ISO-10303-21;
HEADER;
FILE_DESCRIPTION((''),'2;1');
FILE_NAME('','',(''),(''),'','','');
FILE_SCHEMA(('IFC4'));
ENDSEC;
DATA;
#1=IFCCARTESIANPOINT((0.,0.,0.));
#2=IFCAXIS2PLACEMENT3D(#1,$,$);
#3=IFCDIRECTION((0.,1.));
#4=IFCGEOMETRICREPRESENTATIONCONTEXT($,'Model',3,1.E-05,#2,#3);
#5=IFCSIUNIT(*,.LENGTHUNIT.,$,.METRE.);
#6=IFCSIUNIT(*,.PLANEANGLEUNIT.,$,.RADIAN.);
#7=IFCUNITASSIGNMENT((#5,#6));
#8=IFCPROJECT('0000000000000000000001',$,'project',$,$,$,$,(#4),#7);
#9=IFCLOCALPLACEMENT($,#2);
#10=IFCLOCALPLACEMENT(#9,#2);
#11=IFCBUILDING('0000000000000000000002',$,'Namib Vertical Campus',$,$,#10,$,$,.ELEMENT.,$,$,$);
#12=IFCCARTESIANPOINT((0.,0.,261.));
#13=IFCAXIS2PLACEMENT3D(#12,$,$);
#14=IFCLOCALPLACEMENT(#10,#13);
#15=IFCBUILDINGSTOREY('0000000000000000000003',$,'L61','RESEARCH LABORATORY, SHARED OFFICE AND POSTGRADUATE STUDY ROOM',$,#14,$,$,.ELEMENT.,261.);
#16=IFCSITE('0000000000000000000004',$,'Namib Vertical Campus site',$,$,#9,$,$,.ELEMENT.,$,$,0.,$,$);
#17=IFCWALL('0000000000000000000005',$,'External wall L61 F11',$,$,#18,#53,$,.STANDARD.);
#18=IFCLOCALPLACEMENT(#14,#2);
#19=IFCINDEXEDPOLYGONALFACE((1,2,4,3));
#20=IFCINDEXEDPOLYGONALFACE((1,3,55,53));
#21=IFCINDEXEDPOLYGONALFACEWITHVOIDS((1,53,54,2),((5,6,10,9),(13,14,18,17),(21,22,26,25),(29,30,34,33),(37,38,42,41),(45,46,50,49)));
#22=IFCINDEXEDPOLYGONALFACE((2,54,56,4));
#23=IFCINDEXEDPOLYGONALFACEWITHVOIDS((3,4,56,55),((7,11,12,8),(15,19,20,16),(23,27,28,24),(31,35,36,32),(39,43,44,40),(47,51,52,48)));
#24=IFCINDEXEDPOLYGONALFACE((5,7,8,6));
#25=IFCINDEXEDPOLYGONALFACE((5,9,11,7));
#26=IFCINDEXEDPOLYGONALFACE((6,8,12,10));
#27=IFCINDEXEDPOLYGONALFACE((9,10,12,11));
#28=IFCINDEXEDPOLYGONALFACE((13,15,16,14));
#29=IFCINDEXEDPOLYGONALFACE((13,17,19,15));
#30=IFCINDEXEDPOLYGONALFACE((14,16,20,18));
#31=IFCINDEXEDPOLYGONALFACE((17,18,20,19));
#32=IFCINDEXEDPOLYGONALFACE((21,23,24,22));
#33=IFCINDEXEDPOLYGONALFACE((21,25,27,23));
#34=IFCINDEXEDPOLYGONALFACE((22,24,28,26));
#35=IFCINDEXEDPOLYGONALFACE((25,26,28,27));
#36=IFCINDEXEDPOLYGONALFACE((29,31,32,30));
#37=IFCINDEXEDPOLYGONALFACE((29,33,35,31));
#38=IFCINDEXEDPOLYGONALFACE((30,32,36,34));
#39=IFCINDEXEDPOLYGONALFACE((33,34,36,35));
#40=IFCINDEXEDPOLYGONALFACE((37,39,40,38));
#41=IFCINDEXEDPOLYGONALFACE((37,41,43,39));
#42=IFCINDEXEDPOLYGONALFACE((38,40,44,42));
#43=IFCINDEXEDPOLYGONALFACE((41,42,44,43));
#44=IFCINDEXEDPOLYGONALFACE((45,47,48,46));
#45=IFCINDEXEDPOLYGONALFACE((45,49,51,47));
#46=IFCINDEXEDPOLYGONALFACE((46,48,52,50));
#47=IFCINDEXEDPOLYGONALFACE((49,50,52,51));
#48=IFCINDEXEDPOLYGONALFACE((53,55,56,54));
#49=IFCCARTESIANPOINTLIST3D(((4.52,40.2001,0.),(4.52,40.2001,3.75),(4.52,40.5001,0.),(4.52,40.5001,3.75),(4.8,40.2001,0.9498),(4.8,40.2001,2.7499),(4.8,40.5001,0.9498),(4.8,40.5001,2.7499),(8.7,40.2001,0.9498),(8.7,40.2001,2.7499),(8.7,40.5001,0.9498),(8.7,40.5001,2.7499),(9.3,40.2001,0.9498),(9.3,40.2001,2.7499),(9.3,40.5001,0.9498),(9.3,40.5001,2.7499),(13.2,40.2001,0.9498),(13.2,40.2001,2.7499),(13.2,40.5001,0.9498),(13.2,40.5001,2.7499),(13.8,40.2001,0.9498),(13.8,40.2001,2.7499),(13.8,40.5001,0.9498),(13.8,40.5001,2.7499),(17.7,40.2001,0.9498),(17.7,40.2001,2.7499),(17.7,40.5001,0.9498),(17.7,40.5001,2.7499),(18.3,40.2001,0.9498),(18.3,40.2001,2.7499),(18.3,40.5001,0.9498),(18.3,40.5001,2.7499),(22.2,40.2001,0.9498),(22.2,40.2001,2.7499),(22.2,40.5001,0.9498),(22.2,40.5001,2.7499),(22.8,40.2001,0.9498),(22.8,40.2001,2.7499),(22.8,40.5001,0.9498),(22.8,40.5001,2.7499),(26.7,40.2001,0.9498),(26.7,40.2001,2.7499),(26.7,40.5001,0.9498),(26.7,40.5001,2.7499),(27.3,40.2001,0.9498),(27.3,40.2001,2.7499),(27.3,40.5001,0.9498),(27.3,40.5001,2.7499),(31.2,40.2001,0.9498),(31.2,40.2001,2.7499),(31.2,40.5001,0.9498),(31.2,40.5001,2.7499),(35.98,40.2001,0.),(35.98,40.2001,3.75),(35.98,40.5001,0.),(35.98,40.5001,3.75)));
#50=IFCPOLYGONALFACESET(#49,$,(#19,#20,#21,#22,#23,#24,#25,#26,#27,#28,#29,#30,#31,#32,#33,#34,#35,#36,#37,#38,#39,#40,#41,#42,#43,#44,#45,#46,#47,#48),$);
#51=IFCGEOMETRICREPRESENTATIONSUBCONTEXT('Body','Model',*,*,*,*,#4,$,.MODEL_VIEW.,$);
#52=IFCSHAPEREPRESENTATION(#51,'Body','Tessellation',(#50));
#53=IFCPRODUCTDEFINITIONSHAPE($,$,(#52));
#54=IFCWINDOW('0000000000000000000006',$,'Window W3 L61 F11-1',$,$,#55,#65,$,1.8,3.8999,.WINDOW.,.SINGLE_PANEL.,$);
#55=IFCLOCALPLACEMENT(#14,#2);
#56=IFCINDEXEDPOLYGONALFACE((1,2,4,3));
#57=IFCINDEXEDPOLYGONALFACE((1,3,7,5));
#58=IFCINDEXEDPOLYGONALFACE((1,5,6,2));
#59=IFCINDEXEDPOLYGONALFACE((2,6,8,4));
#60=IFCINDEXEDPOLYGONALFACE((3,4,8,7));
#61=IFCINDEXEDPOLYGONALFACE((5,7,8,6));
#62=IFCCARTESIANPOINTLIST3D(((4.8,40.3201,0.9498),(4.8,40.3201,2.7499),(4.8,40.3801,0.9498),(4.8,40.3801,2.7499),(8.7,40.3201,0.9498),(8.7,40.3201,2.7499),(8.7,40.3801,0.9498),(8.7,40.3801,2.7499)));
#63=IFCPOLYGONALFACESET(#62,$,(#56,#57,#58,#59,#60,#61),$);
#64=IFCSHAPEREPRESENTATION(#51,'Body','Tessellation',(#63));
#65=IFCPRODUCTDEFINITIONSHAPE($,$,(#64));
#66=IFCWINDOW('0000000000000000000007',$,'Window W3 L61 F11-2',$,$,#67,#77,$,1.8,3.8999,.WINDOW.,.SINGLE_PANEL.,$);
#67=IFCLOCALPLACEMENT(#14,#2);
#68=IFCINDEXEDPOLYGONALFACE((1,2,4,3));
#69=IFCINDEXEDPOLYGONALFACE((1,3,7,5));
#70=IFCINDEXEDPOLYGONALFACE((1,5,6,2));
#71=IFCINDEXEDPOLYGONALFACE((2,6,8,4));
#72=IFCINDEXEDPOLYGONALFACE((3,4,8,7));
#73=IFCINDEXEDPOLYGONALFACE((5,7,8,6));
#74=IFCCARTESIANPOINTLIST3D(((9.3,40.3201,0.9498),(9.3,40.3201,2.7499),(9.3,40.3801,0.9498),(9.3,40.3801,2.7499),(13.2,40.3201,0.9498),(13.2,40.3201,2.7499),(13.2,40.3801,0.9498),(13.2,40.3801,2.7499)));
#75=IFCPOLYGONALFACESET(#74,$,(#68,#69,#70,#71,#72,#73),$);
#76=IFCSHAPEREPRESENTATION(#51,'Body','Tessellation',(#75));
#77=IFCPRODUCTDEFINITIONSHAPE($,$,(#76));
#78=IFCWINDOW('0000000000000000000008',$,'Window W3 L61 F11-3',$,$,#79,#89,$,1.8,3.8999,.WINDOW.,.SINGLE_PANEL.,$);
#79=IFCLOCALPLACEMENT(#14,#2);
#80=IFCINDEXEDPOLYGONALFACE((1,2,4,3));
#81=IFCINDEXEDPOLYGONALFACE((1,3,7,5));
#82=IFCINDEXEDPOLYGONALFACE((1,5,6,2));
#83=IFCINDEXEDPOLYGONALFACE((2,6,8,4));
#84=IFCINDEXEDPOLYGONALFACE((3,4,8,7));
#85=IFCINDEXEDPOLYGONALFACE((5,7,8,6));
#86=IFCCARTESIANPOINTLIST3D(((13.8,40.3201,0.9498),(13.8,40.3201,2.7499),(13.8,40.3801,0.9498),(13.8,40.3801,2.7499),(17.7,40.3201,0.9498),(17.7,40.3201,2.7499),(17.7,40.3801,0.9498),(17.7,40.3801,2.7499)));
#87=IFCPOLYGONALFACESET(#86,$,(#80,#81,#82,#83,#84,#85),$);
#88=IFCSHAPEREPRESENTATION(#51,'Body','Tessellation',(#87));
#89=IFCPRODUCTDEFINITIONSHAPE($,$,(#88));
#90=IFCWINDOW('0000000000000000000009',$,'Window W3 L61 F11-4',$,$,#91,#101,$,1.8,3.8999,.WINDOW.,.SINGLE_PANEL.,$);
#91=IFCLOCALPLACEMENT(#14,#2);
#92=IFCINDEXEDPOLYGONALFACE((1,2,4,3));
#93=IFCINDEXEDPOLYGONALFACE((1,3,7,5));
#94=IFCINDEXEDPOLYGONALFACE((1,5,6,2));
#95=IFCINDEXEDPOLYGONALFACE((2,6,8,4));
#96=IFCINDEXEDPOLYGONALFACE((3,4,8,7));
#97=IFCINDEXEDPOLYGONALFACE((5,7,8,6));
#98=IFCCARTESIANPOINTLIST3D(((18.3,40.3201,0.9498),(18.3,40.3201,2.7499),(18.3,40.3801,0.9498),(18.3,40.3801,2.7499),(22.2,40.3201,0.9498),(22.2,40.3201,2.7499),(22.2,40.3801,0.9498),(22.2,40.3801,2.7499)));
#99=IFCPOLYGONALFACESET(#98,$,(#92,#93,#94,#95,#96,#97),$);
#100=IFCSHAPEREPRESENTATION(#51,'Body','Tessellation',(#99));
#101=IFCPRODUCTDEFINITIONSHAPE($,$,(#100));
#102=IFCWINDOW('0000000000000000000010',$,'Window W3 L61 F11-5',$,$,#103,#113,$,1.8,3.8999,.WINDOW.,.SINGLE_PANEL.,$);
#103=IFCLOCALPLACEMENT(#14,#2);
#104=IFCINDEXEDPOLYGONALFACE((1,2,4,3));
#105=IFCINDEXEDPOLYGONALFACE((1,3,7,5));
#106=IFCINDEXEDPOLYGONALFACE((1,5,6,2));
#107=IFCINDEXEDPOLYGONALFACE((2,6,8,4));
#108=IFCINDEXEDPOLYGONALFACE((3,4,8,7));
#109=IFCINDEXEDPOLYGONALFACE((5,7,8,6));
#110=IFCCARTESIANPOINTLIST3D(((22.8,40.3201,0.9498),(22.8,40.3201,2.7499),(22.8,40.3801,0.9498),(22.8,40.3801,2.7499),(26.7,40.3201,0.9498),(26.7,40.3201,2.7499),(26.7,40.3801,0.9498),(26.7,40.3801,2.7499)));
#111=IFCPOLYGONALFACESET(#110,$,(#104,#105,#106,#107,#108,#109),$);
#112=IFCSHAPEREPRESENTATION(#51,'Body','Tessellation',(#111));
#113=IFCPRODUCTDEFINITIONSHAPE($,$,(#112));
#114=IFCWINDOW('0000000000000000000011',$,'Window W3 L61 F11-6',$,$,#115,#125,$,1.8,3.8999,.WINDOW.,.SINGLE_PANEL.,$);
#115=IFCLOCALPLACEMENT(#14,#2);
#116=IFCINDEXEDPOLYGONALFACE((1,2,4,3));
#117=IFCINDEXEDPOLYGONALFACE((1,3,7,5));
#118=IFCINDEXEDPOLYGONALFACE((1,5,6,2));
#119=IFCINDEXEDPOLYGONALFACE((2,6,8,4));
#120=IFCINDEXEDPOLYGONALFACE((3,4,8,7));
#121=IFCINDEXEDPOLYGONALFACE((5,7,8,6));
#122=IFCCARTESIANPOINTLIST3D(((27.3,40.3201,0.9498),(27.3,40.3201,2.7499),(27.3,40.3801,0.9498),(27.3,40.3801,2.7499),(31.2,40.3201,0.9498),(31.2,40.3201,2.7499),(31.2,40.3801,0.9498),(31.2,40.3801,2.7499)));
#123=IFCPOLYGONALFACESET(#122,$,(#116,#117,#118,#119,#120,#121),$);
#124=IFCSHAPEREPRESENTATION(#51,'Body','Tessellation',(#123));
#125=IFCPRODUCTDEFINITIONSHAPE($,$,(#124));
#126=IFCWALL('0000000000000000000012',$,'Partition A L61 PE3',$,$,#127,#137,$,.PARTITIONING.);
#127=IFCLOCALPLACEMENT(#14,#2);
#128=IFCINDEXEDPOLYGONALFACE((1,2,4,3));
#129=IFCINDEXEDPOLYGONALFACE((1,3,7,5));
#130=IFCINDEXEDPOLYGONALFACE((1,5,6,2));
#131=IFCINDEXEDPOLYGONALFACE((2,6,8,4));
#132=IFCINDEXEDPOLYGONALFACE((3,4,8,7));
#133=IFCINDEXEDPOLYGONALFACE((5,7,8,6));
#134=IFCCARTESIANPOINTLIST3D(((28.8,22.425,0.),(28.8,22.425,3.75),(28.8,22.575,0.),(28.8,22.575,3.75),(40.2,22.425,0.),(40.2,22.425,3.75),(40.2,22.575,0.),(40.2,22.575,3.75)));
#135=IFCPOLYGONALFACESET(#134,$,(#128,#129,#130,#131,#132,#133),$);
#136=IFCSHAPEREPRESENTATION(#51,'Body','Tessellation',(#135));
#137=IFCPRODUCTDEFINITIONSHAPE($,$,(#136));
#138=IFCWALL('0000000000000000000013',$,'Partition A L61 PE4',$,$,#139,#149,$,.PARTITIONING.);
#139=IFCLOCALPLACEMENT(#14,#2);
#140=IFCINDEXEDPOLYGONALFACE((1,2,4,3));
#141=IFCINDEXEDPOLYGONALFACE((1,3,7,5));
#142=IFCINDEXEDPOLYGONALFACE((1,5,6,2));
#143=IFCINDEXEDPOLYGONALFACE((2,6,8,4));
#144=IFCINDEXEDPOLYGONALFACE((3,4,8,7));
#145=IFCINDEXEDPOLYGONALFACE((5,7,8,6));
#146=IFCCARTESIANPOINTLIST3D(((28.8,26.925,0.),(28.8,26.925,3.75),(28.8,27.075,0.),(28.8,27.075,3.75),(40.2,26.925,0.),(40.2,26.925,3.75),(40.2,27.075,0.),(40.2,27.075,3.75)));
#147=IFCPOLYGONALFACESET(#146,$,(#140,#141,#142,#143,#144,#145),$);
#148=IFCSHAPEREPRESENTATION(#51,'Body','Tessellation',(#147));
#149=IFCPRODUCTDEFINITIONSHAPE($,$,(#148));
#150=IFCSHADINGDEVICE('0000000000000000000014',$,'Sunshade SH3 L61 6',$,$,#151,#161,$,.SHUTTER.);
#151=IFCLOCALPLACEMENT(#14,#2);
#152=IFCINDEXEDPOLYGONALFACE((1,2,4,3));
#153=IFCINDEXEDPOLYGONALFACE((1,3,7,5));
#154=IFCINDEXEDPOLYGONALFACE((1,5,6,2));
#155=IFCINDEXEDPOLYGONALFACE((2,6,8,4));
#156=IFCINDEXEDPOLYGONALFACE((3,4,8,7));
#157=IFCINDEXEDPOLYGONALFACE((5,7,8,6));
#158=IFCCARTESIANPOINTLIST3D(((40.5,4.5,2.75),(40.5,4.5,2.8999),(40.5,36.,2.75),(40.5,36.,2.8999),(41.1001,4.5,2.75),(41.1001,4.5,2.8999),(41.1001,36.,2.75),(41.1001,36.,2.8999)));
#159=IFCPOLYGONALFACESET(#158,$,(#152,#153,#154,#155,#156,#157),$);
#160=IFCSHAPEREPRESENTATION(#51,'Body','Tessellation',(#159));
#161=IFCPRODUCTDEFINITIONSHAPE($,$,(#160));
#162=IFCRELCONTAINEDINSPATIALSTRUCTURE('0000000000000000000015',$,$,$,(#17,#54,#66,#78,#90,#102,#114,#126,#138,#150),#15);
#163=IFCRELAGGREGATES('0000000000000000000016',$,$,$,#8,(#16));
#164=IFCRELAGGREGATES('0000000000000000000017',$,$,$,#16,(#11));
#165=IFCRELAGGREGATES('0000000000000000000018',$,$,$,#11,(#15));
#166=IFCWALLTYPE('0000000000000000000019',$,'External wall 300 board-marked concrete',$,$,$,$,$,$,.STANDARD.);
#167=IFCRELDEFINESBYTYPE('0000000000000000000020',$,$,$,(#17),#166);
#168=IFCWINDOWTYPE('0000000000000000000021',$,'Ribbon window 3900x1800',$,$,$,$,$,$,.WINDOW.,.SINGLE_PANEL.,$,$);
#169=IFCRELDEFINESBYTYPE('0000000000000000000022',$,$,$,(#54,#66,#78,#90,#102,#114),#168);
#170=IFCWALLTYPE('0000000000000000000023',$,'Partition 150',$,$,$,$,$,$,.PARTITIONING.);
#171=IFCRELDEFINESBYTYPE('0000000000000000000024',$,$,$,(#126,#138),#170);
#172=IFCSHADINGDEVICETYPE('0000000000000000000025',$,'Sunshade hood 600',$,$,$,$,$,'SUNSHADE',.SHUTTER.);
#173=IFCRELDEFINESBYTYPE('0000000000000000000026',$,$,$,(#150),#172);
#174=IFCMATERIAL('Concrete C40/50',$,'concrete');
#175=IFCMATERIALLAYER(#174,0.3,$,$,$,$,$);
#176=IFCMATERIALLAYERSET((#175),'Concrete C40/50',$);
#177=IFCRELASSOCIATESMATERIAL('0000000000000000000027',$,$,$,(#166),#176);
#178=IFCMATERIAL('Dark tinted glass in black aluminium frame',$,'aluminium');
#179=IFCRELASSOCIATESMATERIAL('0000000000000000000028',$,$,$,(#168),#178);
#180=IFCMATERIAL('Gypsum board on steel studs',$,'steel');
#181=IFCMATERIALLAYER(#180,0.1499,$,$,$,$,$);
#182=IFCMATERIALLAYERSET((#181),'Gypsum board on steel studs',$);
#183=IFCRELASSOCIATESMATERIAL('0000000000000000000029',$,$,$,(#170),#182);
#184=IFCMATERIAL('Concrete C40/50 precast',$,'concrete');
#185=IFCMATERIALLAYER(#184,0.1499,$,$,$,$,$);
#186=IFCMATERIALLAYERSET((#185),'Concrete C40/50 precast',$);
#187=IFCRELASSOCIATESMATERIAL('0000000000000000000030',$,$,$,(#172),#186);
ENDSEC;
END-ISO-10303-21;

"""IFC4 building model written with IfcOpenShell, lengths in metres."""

from ifc_helpers import new_model, si_unit, direction, frame, frame_2d, origin, origin_2d, place, context, subcontext, project, spatial, rectangle, extrude, material, layer, layer_set, type_object, element, fill, save


model = new_model("IFC4")

# Units and contexts
model_context = context("Model", 3, precision=1e-05, world=origin(), true_north=direction((0.0, 1.0)))
body_context = subcontext(model_context, "Body", "Model", "MODEL_VIEW")
ifc_project = project(units=[si_unit("LENGTHUNIT", "METRE"), si_unit("PLANEANGLEUNIT", "RADIAN")], contexts=[model_context])

# Site, building, storey
site_placement = place(None, origin())
site = spatial("IfcSite", under=ifc_project, at=site_placement, Name="Namib Vertical Campus site", CompositionType="ELEMENT", RefElevation=0.0)
building_placement = place(site_placement, origin())
building = spatial("IfcBuilding", under=site, at=building_placement, Name="Namib Vertical Campus", CompositionType="ELEMENT")
storey_placement = place(building_placement, frame((0.0, 0.0, 261.0)))
storey = spatial("IfcBuildingStorey", under=building, at=storey_placement, Name="L61", Description="RESEARCH LABORATORY, SHARED OFFICE AND POSTGRADUATE STUDY ROOM", CompositionType="ELEMENT", Elevation=261.0)

# Shared definitions
ifc_material_1 = material(Name="Concrete C40/50", Category="concrete")
ifc_layer_1 = layer(ifc_material_1, 0.3)
ifc_layer_set_1 = layer_set([ifc_layer_1], Name="Concrete C40/50")
wall_type_1 = type_object("IfcWallType", Name="External wall 300 board-marked concrete", PredefinedType="STANDARD", material=ifc_layer_set_1)

# Wall, openings, windows
wall_1_placement = place(storey_placement, frame((35.98, 40.3501, 0.0), z_axis=(0.0, 0.0, 1.0), x_axis=(-1.0, 0.0, 0.0)))
wall_1 = element("IfcWall", 1, at=wall_1_placement, inside=storey, type_object=wall_type_1, Name="External wall L61 F11", PredefinedType="STANDARD", context=body_context, shape_type="SweptSolid", body=[
    extrude(rectangle(XDim=31.46, YDim=0.3, at=frame_2d((15.73, 0.0))), origin(), (0.0, 0.0, 1.0), 3.75),
])
opening_1_placement = place(wall_1_placement, frame((27.28, 0.0, 0.95)))
opening_1 = element("IfcOpeningElement", 2, at=opening_1_placement, cuts=wall_1, PredefinedType="OPENING", context=body_context, shape_type="SweptSolid", body=[
    extrude(rectangle(XDim=3.8999, YDim=1.8, at=frame_2d((1.95, 0.8999))), frame((0.0, 0.1599, 0.0), z_axis=(0.0, -1.0, 0.0), x_axis=(1.0, 0.0, 0.0)), (0.0, 0.0, 1.0), 0.3201),
])
opening_2_placement = place(wall_1_placement, frame((22.78, 0.0, 0.95)))
opening_2 = element("IfcOpeningElement", 3, at=opening_2_placement, cuts=wall_1, PredefinedType="OPENING", context=body_context, shape_type="SweptSolid", body=[
    extrude(rectangle(XDim=3.8999, YDim=1.8, at=frame_2d((1.95, 0.8999))), frame((0.0, 0.1599, 0.0), z_axis=(0.0, -1.0, 0.0), x_axis=(1.0, 0.0, 0.0)), (0.0, 0.0, 1.0), 0.3201),
])
opening_3_placement = place(wall_1_placement, frame((18.28, 0.0, 0.95)))
opening_3 = element("IfcOpeningElement", 4, at=opening_3_placement, cuts=wall_1, PredefinedType="OPENING", context=body_context, shape_type="SweptSolid", body=[
    extrude(rectangle(XDim=3.8999, YDim=1.8, at=frame_2d((1.95, 0.8999))), frame((0.0, 0.1599, 0.0), z_axis=(0.0, -1.0, 0.0), x_axis=(1.0, 0.0, 0.0)), (0.0, 0.0, 1.0), 0.3201),
])
opening_4_placement = place(wall_1_placement, frame((13.78, 0.0, 0.95)))
opening_4 = element("IfcOpeningElement", 5, at=opening_4_placement, cuts=wall_1, PredefinedType="OPENING", context=body_context, shape_type="SweptSolid", body=[
    extrude(rectangle(XDim=3.8999, YDim=1.8, at=frame_2d((1.95, 0.8999))), frame((0.0, 0.1599, 0.0), z_axis=(0.0, -1.0, 0.0), x_axis=(1.0, 0.0, 0.0)), (0.0, 0.0, 1.0), 0.3201),
])
opening_5_placement = place(wall_1_placement, frame((9.28, 0.0, 0.95)))
opening_5 = element("IfcOpeningElement", 6, at=opening_5_placement, cuts=wall_1, PredefinedType="OPENING", context=body_context, shape_type="SweptSolid", body=[
    extrude(rectangle(XDim=3.8999, YDim=1.8, at=frame_2d((1.95, 0.8999))), frame((0.0, 0.1599, 0.0), z_axis=(0.0, -1.0, 0.0), x_axis=(1.0, 0.0, 0.0)), (0.0, 0.0, 1.0), 0.3201),
])
opening_6_placement = place(wall_1_placement, frame((4.78, 0.0, 0.95)))
opening_6 = element("IfcOpeningElement", 7, at=opening_6_placement, cuts=wall_1, PredefinedType="OPENING", context=body_context, shape_type="SweptSolid", body=[
    extrude(rectangle(XDim=3.8999, YDim=1.8, at=frame_2d((1.95, 0.8999))), frame((0.0, 0.1599, 0.0), z_axis=(0.0, -1.0, 0.0), x_axis=(1.0, 0.0, 0.0)), (0.0, 0.0, 1.0), 0.3201),
])
ifc_material_2 = material(Name="Dark tinted glass in black aluminium frame", Category="aluminium")
window_type = type_object("IfcWindowType", Name="Ribbon window 3900x1800", PartitioningType="SINGLE_PANEL", PredefinedType="WINDOW", material=ifc_material_2)
window_1_placement = place(opening_1_placement, origin())
window_1 = element("IfcWindow", 8, at=window_1_placement, inside=storey, type_object=window_type, Name="Window W3 L61 F11-1", OverallHeight=1.8, OverallWidth=3.8999, PartitioningType="SINGLE_PANEL", PredefinedType="WINDOW", context=body_context, shape_type="SweptSolid", body=[
    extrude(rectangle(XDim=3.8999, YDim=1.8, at=frame_2d((1.95, 0.8999))), frame((0.0, 0.03, 0.0), z_axis=(0.0, -1.0, 0.0), x_axis=(1.0, 0.0, 0.0)), (0.0, 0.0, 1.0), 0.0601),
])
fill(opening_1, window_1)
window_2_placement = place(opening_2_placement, origin())
window_2 = element("IfcWindow", 9, at=window_2_placement, inside=storey, type_object=window_type, Name="Window W3 L61 F11-2", OverallHeight=1.8, OverallWidth=3.8999, PartitioningType="SINGLE_PANEL", PredefinedType="WINDOW", context=body_context, shape_type="SweptSolid", body=[
    extrude(rectangle(XDim=3.8999, YDim=1.8, at=frame_2d((1.95, 0.8999))), frame((0.0, 0.03, 0.0), z_axis=(0.0, -1.0, 0.0), x_axis=(1.0, 0.0, 0.0)), (0.0, 0.0, 1.0), 0.0601),
])
fill(opening_2, window_2)
window_3_placement = place(opening_3_placement, origin())
window_3 = element("IfcWindow", 10, at=window_3_placement, inside=storey, type_object=window_type, Name="Window W3 L61 F11-3", OverallHeight=1.8, OverallWidth=3.8999, PartitioningType="SINGLE_PANEL", PredefinedType="WINDOW", context=body_context, shape_type="SweptSolid", body=[
    extrude(rectangle(XDim=3.8999, YDim=1.8, at=frame_2d((1.95, 0.8999))), frame((0.0, 0.03, 0.0), z_axis=(0.0, -1.0, 0.0), x_axis=(1.0, 0.0, 0.0)), (0.0, 0.0, 1.0), 0.0601),
])
fill(opening_3, window_3)
window_4_placement = place(opening_4_placement, origin())
window_4 = element("IfcWindow", 11, at=window_4_placement, inside=storey, type_object=window_type, Name="Window W3 L61 F11-4", OverallHeight=1.8, OverallWidth=3.8999, PartitioningType="SINGLE_PANEL", PredefinedType="WINDOW", context=body_context, shape_type="SweptSolid", body=[
    extrude(rectangle(XDim=3.8999, YDim=1.8, at=frame_2d((1.95, 0.8999))), frame((0.0, 0.03, 0.0), z_axis=(0.0, -1.0, 0.0), x_axis=(1.0, 0.0, 0.0)), (0.0, 0.0, 1.0), 0.0601),
])
fill(opening_4, window_4)
window_5_placement = place(opening_5_placement, origin())
window_5 = element("IfcWindow", 12, at=window_5_placement, inside=storey, type_object=window_type, Name="Window W3 L61 F11-5", OverallHeight=1.8, OverallWidth=3.8999, PartitioningType="SINGLE_PANEL", PredefinedType="WINDOW", context=body_context, shape_type="SweptSolid", body=[
    extrude(rectangle(XDim=3.8999, YDim=1.8, at=frame_2d((1.95, 0.8999))), frame((0.0, 0.03, 0.0), z_axis=(0.0, -1.0, 0.0), x_axis=(1.0, 0.0, 0.0)), (0.0, 0.0, 1.0), 0.0601),
])
fill(opening_5, window_5)
window_6_placement = place(opening_6_placement, origin())
window_6 = element("IfcWindow", 13, at=window_6_placement, inside=storey, type_object=window_type, Name="Window W3 L61 F11-6", OverallHeight=1.8, OverallWidth=3.8999, PartitioningType="SINGLE_PANEL", PredefinedType="WINDOW", context=body_context, shape_type="SweptSolid", body=[
    extrude(rectangle(XDim=3.8999, YDim=1.8, at=frame_2d((1.95, 0.8999))), frame((0.0, 0.03, 0.0), z_axis=(0.0, -1.0, 0.0), x_axis=(1.0, 0.0, 0.0)), (0.0, 0.0, 1.0), 0.0601),
])
fill(opening_6, window_6)

# Walls
ifc_material_3 = material(Name="Gypsum board on steel studs", Category="steel")
ifc_layer_2 = layer(ifc_material_3, 0.1499)
ifc_layer_set_2 = layer_set([ifc_layer_2], Name="Gypsum board on steel studs")
wall_type_2 = type_object("IfcWallType", Name="Partition 150", PredefinedType="PARTITIONING", material=ifc_layer_set_2)
for number, where, z_axis, x_axis, name in (
    (14, (28.8, 22.5, 0.0), (0.0, 0.0, 1.0), (1.0, 0.0, 0.0), "Partition A L61 PE3"),
    (15, (28.8, 27.0, 0.0), (0.0, 0.0, 1.0), (1.0, 0.0, 0.0), "Partition A L61 PE4"),
):
    element("IfcWall", number, at=place(storey_placement, frame(where, z_axis=z_axis, x_axis=x_axis)), inside=storey, type_object=wall_type_2, Name=name, PredefinedType="PARTITIONING", context=body_context, shape_type="SweptSolid", body=[
        extrude(rectangle(XDim=11.3999, YDim=0.1499, at=frame_2d((5.7, 0.0))), origin(), (0.0, 0.0, 1.0), 3.75),
    ])

# Shading device
ifc_material_4 = material(Name="Concrete C40/50 precast", Category="concrete")
ifc_layer_3 = layer(ifc_material_4, 0.1499)
ifc_layer_set_3 = layer_set([ifc_layer_3], Name="Concrete C40/50 precast")
shading_device_type = type_object("IfcShadingDeviceType", Name="Sunshade hood 600", ElementType="SUNSHADE", PredefinedType="SHUTTER", material=ifc_layer_set_3)
shading_device_placement = place(storey_placement, frame((40.8, 20.25, 2.75), z_axis=(0.0, 0.0, 1.0), x_axis=(0.0, 1.0, 0.0)))
element("IfcShadingDevice", 16, at=shading_device_placement, inside=storey, type_object=shading_device_type, Name="Sunshade SH3 L61 6", PredefinedType="SHUTTER", context=body_context, shape_type="SweptSolid", body=[
    extrude(rectangle(XDim=31.5, YDim=0.6001, at=origin_2d()), origin(), (0.0, 0.0, 1.0), 0.1499),
])

save(model, "model.ifc")
